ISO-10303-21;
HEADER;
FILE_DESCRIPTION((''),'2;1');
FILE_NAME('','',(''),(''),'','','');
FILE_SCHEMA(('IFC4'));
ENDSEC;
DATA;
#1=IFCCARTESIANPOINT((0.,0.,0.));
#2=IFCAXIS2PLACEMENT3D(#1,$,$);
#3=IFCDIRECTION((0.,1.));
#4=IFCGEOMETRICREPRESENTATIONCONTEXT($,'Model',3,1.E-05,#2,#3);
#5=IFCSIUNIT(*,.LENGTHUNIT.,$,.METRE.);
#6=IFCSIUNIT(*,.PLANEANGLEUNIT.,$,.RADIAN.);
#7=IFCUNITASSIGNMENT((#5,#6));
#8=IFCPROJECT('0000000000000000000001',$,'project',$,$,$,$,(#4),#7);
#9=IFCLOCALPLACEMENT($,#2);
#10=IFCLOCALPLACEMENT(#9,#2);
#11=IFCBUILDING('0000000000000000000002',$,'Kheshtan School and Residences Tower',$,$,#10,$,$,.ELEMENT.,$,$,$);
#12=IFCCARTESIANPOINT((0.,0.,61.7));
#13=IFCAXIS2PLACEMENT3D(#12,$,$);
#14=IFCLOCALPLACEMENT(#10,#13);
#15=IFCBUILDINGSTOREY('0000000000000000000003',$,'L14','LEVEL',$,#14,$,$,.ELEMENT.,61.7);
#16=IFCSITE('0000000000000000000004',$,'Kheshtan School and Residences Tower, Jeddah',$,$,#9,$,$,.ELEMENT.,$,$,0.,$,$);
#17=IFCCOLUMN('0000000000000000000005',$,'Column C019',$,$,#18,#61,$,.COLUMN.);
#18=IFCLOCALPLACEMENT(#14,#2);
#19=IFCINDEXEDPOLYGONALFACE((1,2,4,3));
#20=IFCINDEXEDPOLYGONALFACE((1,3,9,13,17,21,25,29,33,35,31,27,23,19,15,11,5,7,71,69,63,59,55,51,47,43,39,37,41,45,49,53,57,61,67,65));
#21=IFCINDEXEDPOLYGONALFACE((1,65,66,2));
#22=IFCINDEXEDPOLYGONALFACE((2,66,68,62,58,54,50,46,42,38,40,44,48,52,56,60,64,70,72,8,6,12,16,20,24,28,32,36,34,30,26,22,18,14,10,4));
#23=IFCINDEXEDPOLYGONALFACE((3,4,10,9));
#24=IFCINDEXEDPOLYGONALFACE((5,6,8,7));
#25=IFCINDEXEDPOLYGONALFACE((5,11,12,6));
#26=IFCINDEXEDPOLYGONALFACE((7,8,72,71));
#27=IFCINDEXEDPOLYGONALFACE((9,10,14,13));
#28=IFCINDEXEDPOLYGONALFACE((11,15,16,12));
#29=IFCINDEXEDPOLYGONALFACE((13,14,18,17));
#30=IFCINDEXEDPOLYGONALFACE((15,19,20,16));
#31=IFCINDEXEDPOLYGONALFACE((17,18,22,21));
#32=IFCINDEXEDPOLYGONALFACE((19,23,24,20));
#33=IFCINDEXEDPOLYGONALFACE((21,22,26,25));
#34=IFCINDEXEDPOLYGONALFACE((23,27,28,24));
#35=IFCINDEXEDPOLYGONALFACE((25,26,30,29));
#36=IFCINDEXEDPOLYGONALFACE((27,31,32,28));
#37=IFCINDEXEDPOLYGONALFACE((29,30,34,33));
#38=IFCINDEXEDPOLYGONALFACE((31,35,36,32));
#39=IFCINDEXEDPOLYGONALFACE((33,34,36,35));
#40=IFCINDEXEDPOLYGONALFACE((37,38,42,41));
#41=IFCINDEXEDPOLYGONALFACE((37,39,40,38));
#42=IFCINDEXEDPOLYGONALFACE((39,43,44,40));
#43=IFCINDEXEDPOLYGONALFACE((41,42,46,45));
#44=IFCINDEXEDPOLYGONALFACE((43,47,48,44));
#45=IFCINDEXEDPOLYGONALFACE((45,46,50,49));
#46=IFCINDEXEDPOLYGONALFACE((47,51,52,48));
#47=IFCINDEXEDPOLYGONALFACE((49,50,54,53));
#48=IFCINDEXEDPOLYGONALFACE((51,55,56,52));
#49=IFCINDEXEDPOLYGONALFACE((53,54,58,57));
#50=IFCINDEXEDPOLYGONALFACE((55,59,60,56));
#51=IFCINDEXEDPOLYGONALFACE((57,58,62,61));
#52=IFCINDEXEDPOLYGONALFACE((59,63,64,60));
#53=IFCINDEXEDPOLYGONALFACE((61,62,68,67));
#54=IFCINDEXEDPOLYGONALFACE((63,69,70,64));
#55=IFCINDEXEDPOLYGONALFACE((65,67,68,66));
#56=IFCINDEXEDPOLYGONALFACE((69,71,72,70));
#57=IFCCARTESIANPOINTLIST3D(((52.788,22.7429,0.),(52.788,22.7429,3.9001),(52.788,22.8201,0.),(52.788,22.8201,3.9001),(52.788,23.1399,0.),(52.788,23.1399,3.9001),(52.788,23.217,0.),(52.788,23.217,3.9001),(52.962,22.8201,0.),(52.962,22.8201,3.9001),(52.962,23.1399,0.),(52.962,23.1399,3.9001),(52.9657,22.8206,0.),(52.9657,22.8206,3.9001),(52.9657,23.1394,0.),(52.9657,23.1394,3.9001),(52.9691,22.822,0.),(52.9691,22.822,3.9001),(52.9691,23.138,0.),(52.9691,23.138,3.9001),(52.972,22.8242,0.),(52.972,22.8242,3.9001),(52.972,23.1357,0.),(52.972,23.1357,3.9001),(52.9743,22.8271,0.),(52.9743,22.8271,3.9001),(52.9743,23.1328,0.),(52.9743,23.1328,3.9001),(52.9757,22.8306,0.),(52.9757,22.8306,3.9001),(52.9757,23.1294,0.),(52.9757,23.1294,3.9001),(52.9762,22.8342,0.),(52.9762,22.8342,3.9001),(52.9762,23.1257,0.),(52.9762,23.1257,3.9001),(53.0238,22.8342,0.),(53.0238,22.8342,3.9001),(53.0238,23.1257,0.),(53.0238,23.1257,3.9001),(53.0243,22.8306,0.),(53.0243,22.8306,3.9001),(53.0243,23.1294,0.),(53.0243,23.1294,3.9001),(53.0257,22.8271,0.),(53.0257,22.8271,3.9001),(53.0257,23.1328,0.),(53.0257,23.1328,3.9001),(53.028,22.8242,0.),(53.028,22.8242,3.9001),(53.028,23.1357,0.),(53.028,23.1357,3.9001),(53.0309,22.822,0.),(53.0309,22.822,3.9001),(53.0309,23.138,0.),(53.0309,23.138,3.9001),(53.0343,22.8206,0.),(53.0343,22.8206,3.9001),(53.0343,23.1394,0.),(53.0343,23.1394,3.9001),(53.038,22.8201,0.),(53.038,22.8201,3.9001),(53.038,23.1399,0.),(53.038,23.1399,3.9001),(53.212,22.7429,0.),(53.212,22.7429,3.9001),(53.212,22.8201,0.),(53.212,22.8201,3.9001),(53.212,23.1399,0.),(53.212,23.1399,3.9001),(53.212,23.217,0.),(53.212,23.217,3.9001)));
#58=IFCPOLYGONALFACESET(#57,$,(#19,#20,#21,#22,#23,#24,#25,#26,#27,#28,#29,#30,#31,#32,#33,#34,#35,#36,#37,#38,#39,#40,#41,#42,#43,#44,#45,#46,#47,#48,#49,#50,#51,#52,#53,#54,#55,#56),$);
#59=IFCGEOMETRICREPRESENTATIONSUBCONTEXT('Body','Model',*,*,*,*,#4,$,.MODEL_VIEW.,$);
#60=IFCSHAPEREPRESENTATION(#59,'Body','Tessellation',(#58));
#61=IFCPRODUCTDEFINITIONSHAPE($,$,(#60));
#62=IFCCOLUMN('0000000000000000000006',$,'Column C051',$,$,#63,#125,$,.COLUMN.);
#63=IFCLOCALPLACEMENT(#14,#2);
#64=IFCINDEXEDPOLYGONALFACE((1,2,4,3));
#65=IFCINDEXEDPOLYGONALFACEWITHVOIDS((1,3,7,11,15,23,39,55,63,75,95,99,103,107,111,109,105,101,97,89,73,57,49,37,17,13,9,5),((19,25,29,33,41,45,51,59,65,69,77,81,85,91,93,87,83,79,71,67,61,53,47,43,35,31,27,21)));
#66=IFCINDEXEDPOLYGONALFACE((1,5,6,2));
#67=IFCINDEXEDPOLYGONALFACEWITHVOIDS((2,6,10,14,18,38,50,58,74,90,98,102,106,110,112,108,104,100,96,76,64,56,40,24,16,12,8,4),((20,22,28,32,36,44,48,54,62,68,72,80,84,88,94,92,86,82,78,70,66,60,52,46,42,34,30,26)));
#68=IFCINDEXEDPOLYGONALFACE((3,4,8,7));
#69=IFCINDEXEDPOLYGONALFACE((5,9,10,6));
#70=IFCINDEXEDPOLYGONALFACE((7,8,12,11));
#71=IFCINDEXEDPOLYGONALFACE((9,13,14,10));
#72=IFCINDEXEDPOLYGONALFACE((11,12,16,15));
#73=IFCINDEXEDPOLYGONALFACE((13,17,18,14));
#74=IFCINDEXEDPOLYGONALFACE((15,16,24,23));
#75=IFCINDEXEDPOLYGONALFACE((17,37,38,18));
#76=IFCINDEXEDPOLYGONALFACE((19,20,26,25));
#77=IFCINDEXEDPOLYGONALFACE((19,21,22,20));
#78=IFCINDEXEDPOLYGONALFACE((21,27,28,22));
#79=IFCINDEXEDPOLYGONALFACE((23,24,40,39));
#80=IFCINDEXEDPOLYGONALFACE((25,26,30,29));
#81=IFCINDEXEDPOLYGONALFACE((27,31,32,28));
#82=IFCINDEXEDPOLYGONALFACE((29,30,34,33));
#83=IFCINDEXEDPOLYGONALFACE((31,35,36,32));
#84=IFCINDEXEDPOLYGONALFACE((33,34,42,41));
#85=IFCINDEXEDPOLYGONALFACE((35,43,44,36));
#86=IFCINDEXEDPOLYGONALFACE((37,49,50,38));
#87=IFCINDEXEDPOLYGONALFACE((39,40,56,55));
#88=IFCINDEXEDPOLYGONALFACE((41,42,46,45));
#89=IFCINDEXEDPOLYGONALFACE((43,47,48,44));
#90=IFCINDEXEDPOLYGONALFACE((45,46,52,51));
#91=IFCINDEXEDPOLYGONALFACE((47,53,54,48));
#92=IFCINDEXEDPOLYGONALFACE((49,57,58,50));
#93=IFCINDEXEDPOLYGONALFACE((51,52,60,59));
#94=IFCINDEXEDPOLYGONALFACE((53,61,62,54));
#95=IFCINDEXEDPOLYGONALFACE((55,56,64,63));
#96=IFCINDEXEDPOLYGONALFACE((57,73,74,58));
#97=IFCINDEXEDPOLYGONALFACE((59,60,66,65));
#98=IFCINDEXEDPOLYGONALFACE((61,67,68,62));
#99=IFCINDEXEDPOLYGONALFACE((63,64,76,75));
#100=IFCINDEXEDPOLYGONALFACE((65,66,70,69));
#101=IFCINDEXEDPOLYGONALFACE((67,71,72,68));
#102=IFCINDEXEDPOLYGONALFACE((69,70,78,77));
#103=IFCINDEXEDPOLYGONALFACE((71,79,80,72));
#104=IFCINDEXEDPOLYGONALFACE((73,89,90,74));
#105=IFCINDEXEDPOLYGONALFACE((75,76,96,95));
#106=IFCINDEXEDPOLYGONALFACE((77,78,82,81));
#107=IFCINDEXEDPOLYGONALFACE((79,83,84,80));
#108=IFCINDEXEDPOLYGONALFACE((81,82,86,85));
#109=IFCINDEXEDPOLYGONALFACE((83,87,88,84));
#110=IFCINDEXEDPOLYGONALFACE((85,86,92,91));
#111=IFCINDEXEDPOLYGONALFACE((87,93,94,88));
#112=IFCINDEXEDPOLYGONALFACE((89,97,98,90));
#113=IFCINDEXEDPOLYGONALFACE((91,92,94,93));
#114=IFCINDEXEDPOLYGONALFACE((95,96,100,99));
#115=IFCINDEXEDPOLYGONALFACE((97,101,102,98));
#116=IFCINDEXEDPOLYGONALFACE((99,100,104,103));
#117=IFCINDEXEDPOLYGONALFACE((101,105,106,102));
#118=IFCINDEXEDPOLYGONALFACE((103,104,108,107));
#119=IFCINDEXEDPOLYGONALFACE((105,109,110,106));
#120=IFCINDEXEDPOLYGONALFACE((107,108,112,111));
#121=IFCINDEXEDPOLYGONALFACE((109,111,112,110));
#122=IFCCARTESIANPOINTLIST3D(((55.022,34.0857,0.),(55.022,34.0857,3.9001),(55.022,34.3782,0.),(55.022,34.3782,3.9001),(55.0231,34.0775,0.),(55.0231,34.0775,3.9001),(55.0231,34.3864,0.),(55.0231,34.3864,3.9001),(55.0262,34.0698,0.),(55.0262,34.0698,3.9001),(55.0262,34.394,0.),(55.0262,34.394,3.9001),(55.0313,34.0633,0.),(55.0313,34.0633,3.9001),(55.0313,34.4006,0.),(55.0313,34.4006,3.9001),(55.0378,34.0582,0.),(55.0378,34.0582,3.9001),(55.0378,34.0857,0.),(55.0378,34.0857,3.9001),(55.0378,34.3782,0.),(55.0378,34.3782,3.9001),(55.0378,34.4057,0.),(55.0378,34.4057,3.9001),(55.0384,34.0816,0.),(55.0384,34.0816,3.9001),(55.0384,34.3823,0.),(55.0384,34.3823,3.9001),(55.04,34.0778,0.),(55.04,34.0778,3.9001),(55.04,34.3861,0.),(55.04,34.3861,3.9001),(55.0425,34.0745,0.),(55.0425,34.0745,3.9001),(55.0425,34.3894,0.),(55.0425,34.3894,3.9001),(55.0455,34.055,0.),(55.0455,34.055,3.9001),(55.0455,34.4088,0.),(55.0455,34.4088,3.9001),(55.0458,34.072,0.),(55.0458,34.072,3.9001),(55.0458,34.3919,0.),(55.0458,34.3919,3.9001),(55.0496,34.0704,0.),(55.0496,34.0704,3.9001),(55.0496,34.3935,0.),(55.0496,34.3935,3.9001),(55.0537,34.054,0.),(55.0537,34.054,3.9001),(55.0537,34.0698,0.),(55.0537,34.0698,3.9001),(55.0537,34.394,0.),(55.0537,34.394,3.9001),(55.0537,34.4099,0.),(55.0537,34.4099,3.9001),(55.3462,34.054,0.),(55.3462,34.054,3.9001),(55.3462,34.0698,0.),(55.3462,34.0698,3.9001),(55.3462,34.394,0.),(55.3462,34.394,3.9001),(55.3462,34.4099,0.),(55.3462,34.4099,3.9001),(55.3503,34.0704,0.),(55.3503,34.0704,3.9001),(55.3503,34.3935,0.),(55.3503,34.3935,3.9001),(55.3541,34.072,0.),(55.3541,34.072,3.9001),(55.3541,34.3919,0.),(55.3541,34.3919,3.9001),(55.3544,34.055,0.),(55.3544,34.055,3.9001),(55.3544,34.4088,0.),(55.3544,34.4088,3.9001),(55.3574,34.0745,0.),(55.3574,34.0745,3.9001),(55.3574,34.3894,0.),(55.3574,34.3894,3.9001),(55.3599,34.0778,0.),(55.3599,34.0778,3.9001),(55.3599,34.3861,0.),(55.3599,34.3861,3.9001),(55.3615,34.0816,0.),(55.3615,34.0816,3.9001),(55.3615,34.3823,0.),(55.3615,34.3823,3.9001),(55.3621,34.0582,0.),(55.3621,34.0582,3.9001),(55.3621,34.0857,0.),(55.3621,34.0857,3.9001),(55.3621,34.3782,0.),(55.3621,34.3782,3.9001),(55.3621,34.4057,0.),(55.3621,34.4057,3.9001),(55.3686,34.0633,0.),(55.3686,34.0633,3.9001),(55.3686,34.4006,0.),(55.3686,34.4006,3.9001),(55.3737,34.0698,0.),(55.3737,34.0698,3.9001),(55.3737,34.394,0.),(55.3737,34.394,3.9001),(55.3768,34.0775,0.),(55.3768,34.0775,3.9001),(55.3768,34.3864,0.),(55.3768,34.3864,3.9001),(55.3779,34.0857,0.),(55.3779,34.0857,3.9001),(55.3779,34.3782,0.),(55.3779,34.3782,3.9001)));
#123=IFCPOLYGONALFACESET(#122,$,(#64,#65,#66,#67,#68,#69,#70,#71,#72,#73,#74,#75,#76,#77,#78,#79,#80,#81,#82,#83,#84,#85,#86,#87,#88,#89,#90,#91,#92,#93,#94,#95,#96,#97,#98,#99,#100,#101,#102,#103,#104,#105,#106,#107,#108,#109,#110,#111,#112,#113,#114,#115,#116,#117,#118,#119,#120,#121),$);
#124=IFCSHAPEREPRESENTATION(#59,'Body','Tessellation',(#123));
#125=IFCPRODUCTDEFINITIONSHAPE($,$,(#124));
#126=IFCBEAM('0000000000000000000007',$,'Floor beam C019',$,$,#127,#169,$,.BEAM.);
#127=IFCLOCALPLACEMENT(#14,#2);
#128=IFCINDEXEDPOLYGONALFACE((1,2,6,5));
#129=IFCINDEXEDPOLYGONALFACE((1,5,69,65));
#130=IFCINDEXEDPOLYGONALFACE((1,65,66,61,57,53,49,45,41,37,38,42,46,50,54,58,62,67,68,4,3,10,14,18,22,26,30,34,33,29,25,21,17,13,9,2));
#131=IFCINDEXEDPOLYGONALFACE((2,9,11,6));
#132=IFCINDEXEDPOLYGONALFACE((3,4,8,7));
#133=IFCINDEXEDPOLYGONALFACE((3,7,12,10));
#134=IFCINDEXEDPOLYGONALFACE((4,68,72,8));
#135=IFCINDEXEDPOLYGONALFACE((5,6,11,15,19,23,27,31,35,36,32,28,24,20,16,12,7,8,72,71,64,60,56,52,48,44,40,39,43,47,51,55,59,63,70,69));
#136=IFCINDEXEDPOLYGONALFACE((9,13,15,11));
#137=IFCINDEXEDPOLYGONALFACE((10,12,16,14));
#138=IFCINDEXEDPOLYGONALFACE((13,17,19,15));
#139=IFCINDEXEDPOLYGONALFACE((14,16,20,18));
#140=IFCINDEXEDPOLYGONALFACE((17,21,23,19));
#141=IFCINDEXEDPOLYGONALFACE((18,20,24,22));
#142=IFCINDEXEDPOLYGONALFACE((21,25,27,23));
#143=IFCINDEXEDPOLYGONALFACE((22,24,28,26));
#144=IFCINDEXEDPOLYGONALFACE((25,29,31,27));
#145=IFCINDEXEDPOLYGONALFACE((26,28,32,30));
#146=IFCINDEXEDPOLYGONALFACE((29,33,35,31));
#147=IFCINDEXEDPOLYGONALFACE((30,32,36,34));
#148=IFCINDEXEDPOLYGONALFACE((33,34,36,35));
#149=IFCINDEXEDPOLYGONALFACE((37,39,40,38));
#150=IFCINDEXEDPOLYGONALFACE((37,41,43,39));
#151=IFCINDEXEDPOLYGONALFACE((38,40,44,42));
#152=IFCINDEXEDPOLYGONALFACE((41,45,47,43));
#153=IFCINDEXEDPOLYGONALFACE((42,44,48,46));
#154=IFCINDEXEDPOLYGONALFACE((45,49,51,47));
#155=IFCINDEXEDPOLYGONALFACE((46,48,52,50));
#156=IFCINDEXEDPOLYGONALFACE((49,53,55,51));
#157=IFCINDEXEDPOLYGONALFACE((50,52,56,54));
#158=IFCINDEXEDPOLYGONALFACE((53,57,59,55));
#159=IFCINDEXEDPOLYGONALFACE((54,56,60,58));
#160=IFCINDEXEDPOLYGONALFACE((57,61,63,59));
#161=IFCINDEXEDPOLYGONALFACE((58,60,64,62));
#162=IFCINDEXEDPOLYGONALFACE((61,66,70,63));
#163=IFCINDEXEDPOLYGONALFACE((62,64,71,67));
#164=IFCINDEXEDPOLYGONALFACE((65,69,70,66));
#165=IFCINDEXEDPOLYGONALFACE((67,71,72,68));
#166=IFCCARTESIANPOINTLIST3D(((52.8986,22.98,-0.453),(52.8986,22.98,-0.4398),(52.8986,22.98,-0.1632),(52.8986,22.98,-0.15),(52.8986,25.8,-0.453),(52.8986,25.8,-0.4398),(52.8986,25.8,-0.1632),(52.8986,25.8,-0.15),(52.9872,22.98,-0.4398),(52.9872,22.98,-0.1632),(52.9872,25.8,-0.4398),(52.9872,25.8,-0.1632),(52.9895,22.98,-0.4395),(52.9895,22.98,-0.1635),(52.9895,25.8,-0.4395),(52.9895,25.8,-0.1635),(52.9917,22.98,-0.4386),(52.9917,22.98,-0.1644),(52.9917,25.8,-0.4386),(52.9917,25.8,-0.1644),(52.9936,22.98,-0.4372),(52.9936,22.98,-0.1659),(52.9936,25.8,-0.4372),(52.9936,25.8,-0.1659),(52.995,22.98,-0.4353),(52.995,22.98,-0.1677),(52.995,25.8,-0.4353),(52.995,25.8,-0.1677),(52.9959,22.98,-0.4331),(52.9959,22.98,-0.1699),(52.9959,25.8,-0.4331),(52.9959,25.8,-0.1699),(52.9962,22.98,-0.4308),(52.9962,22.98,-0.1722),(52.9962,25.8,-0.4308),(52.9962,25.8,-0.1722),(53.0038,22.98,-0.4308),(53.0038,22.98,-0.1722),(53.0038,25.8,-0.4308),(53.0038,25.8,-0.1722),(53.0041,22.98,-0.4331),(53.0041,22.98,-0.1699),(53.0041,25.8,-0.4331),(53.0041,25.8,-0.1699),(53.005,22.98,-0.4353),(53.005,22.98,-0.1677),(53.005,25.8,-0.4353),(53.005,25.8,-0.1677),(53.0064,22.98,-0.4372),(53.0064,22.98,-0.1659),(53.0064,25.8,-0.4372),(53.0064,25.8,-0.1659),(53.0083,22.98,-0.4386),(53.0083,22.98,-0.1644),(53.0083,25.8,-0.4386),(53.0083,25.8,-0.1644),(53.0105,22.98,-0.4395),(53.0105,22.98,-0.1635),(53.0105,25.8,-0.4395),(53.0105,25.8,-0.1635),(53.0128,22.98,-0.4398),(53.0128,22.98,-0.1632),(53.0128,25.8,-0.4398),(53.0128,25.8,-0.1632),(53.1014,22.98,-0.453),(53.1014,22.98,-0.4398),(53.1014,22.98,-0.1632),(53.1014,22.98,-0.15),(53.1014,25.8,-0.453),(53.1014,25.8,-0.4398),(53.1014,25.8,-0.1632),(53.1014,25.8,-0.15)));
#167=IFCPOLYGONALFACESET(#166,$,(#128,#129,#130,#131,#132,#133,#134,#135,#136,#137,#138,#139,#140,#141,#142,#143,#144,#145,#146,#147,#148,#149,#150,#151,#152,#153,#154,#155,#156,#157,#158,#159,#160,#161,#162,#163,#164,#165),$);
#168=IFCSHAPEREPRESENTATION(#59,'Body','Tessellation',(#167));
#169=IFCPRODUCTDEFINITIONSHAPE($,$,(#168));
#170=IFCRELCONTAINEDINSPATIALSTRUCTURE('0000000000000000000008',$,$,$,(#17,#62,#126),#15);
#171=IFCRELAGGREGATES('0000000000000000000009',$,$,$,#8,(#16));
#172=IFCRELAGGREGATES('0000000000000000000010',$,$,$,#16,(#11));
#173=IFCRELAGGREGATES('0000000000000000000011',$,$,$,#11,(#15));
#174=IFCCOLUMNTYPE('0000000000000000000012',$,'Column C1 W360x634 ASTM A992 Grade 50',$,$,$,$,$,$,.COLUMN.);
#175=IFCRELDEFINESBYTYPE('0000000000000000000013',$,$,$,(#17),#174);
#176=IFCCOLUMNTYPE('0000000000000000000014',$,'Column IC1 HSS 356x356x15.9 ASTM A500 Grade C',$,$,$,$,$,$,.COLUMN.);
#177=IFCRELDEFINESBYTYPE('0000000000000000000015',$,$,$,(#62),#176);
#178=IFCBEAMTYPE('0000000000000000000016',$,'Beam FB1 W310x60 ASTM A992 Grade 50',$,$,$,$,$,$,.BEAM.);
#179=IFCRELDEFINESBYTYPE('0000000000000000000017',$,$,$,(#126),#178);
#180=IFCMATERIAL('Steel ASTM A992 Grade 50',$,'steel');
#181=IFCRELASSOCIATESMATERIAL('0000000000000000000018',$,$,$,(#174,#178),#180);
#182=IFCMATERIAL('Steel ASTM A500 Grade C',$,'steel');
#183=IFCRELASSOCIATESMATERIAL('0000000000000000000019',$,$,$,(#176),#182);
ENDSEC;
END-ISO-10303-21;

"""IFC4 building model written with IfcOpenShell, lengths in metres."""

from ifc_helpers import new_model, si_unit, direction, frame, origin, origin_2d, place, context, subcontext, project, spatial, hollow_rectangle, i_section, extrude, material, material_profile, profile_set, type_object, element, save


model = new_model("IFC4")

# Units and contexts
model_context = context("Model", 3, precision=1e-05, world=origin(), true_north=direction((0.0, 1.0)))
body_context = subcontext(model_context, "Body", "Model", "MODEL_VIEW")
ifc_project = project(units=[si_unit("LENGTHUNIT", "METRE"), si_unit("PLANEANGLEUNIT", "RADIAN")], contexts=[model_context])

# Site, building, storey
site_placement = place(None, origin())
site = spatial("IfcSite", under=ifc_project, at=site_placement, Name="Kheshtan School and Residences Tower, Jeddah", CompositionType="ELEMENT", RefElevation=0.0)
building_placement = place(site_placement, origin())
building = spatial("IfcBuilding", under=site, at=building_placement, Name="Kheshtan School and Residences Tower", CompositionType="ELEMENT")
storey_placement = place(building_placement, frame((0.0, 0.0, 61.7)))
storey = spatial("IfcBuildingStorey", under=building, at=storey_placement, Name="L14", Description="LEVEL", CompositionType="ELEMENT", Elevation=61.7)

# Columns
ifc_material_1 = material(Name="Steel ASTM A992 Grade 50", Category="steel")
ifc_material_profile_1 = material_profile(ifc_material_1, i_section(OverallWidth=0.4241, OverallDepth=0.4741, WebThickness=0.0476, FlangeThickness=0.0771, FilletRadius=0.0142, at=origin_2d()), Name="W360x634")
ifc_profile_set_1 = profile_set([ifc_material_profile_1], Name="Steel ASTM A992 Grade 50")
column_type_1 = type_object("IfcColumnType", Name="Column C1 W360x634 ASTM A992 Grade 50", PredefinedType="COLUMN", material=ifc_profile_set_1)
column_1_placement = place(storey_placement, frame((53.0, 22.98, 0.0), z_axis=(0.0, 0.0, 1.0), x_axis=(1.0, 0.0, 0.0)))
element("IfcColumn", 1, at=column_1_placement, inside=storey, type_object=column_type_1, Name="Column C019", PredefinedType="COLUMN", context=body_context, shape_type="SweptSolid", body=[
    extrude(i_section(OverallWidth=0.4241, OverallDepth=0.4741, WebThickness=0.0476, FlangeThickness=0.0771, FilletRadius=0.0142, at=origin_2d()), origin(), (0.0, 0.0, 1.0), 3.9001),
])
ifc_material_2 = material(Name="Steel ASTM A500 Grade C", Category="steel")
ifc_material_profile_2 = material_profile(ifc_material_2, hollow_rectangle(XDim=0.356, YDim=0.356, WallThickness=0.0159, InnerFilletRadius=0.0159, OuterFilletRadius=0.0317, at=origin_2d()), Name="HSS 356x356x15.9")
ifc_profile_set_2 = profile_set([ifc_material_profile_2], Name="Steel ASTM A500 Grade C")
column_type_2 = type_object("IfcColumnType", Name="Column IC1 HSS 356x356x15.9 ASTM A500 Grade C", PredefinedType="COLUMN", material=ifc_profile_set_2)
column_2_placement = place(storey_placement, frame((55.2, 34.2319, 0.0), z_axis=(0.0, 0.0, 1.0), x_axis=(1.0, 0.0, 0.0)))
element("IfcColumn", 2, at=column_2_placement, inside=storey, type_object=column_type_2, Name="Column C051", PredefinedType="COLUMN", context=body_context, shape_type="SweptSolid", body=[
    extrude(hollow_rectangle(XDim=0.356, YDim=0.356, WallThickness=0.0159, InnerFilletRadius=0.0159, OuterFilletRadius=0.0317, at=origin_2d()), origin(), (0.0, 0.0, 1.0), 3.9001),
])

# Beam
ifc_material_profile_3 = material_profile(ifc_material_1, i_section(OverallWidth=0.2029, OverallDepth=0.303, WebThickness=0.0076, FlangeThickness=0.0132, FilletRadius=0.009, at=origin_2d()), Name="W310x60")
ifc_profile_set_3 = profile_set([ifc_material_profile_3], Name="Steel ASTM A992 Grade 50")
beam_type_1 = type_object("IfcBeamType", Name="Beam FB1 W310x60 ASTM A992 Grade 50", PredefinedType="BEAM", material=ifc_profile_set_3)
beam_1_placement = place(storey_placement, frame((53.0, 22.98, -0.3015), z_axis=(0.0, 1.0, 0.0), x_axis=(-1.0, 0.0, 0.0)))
element("IfcBeam", 3, at=beam_1_placement, inside=storey, type_object=beam_type_1, Name="Floor beam C019", PredefinedType="BEAM", context=body_context, shape_type="SweptSolid", body=[
    extrude(i_section(OverallWidth=0.2029, OverallDepth=0.303, WebThickness=0.0076, FlangeThickness=0.0132, FilletRadius=0.009, at=origin_2d()), origin(), (0.0, 0.0, 1.0), 2.8201),
])

save(model, "model.ifc")
